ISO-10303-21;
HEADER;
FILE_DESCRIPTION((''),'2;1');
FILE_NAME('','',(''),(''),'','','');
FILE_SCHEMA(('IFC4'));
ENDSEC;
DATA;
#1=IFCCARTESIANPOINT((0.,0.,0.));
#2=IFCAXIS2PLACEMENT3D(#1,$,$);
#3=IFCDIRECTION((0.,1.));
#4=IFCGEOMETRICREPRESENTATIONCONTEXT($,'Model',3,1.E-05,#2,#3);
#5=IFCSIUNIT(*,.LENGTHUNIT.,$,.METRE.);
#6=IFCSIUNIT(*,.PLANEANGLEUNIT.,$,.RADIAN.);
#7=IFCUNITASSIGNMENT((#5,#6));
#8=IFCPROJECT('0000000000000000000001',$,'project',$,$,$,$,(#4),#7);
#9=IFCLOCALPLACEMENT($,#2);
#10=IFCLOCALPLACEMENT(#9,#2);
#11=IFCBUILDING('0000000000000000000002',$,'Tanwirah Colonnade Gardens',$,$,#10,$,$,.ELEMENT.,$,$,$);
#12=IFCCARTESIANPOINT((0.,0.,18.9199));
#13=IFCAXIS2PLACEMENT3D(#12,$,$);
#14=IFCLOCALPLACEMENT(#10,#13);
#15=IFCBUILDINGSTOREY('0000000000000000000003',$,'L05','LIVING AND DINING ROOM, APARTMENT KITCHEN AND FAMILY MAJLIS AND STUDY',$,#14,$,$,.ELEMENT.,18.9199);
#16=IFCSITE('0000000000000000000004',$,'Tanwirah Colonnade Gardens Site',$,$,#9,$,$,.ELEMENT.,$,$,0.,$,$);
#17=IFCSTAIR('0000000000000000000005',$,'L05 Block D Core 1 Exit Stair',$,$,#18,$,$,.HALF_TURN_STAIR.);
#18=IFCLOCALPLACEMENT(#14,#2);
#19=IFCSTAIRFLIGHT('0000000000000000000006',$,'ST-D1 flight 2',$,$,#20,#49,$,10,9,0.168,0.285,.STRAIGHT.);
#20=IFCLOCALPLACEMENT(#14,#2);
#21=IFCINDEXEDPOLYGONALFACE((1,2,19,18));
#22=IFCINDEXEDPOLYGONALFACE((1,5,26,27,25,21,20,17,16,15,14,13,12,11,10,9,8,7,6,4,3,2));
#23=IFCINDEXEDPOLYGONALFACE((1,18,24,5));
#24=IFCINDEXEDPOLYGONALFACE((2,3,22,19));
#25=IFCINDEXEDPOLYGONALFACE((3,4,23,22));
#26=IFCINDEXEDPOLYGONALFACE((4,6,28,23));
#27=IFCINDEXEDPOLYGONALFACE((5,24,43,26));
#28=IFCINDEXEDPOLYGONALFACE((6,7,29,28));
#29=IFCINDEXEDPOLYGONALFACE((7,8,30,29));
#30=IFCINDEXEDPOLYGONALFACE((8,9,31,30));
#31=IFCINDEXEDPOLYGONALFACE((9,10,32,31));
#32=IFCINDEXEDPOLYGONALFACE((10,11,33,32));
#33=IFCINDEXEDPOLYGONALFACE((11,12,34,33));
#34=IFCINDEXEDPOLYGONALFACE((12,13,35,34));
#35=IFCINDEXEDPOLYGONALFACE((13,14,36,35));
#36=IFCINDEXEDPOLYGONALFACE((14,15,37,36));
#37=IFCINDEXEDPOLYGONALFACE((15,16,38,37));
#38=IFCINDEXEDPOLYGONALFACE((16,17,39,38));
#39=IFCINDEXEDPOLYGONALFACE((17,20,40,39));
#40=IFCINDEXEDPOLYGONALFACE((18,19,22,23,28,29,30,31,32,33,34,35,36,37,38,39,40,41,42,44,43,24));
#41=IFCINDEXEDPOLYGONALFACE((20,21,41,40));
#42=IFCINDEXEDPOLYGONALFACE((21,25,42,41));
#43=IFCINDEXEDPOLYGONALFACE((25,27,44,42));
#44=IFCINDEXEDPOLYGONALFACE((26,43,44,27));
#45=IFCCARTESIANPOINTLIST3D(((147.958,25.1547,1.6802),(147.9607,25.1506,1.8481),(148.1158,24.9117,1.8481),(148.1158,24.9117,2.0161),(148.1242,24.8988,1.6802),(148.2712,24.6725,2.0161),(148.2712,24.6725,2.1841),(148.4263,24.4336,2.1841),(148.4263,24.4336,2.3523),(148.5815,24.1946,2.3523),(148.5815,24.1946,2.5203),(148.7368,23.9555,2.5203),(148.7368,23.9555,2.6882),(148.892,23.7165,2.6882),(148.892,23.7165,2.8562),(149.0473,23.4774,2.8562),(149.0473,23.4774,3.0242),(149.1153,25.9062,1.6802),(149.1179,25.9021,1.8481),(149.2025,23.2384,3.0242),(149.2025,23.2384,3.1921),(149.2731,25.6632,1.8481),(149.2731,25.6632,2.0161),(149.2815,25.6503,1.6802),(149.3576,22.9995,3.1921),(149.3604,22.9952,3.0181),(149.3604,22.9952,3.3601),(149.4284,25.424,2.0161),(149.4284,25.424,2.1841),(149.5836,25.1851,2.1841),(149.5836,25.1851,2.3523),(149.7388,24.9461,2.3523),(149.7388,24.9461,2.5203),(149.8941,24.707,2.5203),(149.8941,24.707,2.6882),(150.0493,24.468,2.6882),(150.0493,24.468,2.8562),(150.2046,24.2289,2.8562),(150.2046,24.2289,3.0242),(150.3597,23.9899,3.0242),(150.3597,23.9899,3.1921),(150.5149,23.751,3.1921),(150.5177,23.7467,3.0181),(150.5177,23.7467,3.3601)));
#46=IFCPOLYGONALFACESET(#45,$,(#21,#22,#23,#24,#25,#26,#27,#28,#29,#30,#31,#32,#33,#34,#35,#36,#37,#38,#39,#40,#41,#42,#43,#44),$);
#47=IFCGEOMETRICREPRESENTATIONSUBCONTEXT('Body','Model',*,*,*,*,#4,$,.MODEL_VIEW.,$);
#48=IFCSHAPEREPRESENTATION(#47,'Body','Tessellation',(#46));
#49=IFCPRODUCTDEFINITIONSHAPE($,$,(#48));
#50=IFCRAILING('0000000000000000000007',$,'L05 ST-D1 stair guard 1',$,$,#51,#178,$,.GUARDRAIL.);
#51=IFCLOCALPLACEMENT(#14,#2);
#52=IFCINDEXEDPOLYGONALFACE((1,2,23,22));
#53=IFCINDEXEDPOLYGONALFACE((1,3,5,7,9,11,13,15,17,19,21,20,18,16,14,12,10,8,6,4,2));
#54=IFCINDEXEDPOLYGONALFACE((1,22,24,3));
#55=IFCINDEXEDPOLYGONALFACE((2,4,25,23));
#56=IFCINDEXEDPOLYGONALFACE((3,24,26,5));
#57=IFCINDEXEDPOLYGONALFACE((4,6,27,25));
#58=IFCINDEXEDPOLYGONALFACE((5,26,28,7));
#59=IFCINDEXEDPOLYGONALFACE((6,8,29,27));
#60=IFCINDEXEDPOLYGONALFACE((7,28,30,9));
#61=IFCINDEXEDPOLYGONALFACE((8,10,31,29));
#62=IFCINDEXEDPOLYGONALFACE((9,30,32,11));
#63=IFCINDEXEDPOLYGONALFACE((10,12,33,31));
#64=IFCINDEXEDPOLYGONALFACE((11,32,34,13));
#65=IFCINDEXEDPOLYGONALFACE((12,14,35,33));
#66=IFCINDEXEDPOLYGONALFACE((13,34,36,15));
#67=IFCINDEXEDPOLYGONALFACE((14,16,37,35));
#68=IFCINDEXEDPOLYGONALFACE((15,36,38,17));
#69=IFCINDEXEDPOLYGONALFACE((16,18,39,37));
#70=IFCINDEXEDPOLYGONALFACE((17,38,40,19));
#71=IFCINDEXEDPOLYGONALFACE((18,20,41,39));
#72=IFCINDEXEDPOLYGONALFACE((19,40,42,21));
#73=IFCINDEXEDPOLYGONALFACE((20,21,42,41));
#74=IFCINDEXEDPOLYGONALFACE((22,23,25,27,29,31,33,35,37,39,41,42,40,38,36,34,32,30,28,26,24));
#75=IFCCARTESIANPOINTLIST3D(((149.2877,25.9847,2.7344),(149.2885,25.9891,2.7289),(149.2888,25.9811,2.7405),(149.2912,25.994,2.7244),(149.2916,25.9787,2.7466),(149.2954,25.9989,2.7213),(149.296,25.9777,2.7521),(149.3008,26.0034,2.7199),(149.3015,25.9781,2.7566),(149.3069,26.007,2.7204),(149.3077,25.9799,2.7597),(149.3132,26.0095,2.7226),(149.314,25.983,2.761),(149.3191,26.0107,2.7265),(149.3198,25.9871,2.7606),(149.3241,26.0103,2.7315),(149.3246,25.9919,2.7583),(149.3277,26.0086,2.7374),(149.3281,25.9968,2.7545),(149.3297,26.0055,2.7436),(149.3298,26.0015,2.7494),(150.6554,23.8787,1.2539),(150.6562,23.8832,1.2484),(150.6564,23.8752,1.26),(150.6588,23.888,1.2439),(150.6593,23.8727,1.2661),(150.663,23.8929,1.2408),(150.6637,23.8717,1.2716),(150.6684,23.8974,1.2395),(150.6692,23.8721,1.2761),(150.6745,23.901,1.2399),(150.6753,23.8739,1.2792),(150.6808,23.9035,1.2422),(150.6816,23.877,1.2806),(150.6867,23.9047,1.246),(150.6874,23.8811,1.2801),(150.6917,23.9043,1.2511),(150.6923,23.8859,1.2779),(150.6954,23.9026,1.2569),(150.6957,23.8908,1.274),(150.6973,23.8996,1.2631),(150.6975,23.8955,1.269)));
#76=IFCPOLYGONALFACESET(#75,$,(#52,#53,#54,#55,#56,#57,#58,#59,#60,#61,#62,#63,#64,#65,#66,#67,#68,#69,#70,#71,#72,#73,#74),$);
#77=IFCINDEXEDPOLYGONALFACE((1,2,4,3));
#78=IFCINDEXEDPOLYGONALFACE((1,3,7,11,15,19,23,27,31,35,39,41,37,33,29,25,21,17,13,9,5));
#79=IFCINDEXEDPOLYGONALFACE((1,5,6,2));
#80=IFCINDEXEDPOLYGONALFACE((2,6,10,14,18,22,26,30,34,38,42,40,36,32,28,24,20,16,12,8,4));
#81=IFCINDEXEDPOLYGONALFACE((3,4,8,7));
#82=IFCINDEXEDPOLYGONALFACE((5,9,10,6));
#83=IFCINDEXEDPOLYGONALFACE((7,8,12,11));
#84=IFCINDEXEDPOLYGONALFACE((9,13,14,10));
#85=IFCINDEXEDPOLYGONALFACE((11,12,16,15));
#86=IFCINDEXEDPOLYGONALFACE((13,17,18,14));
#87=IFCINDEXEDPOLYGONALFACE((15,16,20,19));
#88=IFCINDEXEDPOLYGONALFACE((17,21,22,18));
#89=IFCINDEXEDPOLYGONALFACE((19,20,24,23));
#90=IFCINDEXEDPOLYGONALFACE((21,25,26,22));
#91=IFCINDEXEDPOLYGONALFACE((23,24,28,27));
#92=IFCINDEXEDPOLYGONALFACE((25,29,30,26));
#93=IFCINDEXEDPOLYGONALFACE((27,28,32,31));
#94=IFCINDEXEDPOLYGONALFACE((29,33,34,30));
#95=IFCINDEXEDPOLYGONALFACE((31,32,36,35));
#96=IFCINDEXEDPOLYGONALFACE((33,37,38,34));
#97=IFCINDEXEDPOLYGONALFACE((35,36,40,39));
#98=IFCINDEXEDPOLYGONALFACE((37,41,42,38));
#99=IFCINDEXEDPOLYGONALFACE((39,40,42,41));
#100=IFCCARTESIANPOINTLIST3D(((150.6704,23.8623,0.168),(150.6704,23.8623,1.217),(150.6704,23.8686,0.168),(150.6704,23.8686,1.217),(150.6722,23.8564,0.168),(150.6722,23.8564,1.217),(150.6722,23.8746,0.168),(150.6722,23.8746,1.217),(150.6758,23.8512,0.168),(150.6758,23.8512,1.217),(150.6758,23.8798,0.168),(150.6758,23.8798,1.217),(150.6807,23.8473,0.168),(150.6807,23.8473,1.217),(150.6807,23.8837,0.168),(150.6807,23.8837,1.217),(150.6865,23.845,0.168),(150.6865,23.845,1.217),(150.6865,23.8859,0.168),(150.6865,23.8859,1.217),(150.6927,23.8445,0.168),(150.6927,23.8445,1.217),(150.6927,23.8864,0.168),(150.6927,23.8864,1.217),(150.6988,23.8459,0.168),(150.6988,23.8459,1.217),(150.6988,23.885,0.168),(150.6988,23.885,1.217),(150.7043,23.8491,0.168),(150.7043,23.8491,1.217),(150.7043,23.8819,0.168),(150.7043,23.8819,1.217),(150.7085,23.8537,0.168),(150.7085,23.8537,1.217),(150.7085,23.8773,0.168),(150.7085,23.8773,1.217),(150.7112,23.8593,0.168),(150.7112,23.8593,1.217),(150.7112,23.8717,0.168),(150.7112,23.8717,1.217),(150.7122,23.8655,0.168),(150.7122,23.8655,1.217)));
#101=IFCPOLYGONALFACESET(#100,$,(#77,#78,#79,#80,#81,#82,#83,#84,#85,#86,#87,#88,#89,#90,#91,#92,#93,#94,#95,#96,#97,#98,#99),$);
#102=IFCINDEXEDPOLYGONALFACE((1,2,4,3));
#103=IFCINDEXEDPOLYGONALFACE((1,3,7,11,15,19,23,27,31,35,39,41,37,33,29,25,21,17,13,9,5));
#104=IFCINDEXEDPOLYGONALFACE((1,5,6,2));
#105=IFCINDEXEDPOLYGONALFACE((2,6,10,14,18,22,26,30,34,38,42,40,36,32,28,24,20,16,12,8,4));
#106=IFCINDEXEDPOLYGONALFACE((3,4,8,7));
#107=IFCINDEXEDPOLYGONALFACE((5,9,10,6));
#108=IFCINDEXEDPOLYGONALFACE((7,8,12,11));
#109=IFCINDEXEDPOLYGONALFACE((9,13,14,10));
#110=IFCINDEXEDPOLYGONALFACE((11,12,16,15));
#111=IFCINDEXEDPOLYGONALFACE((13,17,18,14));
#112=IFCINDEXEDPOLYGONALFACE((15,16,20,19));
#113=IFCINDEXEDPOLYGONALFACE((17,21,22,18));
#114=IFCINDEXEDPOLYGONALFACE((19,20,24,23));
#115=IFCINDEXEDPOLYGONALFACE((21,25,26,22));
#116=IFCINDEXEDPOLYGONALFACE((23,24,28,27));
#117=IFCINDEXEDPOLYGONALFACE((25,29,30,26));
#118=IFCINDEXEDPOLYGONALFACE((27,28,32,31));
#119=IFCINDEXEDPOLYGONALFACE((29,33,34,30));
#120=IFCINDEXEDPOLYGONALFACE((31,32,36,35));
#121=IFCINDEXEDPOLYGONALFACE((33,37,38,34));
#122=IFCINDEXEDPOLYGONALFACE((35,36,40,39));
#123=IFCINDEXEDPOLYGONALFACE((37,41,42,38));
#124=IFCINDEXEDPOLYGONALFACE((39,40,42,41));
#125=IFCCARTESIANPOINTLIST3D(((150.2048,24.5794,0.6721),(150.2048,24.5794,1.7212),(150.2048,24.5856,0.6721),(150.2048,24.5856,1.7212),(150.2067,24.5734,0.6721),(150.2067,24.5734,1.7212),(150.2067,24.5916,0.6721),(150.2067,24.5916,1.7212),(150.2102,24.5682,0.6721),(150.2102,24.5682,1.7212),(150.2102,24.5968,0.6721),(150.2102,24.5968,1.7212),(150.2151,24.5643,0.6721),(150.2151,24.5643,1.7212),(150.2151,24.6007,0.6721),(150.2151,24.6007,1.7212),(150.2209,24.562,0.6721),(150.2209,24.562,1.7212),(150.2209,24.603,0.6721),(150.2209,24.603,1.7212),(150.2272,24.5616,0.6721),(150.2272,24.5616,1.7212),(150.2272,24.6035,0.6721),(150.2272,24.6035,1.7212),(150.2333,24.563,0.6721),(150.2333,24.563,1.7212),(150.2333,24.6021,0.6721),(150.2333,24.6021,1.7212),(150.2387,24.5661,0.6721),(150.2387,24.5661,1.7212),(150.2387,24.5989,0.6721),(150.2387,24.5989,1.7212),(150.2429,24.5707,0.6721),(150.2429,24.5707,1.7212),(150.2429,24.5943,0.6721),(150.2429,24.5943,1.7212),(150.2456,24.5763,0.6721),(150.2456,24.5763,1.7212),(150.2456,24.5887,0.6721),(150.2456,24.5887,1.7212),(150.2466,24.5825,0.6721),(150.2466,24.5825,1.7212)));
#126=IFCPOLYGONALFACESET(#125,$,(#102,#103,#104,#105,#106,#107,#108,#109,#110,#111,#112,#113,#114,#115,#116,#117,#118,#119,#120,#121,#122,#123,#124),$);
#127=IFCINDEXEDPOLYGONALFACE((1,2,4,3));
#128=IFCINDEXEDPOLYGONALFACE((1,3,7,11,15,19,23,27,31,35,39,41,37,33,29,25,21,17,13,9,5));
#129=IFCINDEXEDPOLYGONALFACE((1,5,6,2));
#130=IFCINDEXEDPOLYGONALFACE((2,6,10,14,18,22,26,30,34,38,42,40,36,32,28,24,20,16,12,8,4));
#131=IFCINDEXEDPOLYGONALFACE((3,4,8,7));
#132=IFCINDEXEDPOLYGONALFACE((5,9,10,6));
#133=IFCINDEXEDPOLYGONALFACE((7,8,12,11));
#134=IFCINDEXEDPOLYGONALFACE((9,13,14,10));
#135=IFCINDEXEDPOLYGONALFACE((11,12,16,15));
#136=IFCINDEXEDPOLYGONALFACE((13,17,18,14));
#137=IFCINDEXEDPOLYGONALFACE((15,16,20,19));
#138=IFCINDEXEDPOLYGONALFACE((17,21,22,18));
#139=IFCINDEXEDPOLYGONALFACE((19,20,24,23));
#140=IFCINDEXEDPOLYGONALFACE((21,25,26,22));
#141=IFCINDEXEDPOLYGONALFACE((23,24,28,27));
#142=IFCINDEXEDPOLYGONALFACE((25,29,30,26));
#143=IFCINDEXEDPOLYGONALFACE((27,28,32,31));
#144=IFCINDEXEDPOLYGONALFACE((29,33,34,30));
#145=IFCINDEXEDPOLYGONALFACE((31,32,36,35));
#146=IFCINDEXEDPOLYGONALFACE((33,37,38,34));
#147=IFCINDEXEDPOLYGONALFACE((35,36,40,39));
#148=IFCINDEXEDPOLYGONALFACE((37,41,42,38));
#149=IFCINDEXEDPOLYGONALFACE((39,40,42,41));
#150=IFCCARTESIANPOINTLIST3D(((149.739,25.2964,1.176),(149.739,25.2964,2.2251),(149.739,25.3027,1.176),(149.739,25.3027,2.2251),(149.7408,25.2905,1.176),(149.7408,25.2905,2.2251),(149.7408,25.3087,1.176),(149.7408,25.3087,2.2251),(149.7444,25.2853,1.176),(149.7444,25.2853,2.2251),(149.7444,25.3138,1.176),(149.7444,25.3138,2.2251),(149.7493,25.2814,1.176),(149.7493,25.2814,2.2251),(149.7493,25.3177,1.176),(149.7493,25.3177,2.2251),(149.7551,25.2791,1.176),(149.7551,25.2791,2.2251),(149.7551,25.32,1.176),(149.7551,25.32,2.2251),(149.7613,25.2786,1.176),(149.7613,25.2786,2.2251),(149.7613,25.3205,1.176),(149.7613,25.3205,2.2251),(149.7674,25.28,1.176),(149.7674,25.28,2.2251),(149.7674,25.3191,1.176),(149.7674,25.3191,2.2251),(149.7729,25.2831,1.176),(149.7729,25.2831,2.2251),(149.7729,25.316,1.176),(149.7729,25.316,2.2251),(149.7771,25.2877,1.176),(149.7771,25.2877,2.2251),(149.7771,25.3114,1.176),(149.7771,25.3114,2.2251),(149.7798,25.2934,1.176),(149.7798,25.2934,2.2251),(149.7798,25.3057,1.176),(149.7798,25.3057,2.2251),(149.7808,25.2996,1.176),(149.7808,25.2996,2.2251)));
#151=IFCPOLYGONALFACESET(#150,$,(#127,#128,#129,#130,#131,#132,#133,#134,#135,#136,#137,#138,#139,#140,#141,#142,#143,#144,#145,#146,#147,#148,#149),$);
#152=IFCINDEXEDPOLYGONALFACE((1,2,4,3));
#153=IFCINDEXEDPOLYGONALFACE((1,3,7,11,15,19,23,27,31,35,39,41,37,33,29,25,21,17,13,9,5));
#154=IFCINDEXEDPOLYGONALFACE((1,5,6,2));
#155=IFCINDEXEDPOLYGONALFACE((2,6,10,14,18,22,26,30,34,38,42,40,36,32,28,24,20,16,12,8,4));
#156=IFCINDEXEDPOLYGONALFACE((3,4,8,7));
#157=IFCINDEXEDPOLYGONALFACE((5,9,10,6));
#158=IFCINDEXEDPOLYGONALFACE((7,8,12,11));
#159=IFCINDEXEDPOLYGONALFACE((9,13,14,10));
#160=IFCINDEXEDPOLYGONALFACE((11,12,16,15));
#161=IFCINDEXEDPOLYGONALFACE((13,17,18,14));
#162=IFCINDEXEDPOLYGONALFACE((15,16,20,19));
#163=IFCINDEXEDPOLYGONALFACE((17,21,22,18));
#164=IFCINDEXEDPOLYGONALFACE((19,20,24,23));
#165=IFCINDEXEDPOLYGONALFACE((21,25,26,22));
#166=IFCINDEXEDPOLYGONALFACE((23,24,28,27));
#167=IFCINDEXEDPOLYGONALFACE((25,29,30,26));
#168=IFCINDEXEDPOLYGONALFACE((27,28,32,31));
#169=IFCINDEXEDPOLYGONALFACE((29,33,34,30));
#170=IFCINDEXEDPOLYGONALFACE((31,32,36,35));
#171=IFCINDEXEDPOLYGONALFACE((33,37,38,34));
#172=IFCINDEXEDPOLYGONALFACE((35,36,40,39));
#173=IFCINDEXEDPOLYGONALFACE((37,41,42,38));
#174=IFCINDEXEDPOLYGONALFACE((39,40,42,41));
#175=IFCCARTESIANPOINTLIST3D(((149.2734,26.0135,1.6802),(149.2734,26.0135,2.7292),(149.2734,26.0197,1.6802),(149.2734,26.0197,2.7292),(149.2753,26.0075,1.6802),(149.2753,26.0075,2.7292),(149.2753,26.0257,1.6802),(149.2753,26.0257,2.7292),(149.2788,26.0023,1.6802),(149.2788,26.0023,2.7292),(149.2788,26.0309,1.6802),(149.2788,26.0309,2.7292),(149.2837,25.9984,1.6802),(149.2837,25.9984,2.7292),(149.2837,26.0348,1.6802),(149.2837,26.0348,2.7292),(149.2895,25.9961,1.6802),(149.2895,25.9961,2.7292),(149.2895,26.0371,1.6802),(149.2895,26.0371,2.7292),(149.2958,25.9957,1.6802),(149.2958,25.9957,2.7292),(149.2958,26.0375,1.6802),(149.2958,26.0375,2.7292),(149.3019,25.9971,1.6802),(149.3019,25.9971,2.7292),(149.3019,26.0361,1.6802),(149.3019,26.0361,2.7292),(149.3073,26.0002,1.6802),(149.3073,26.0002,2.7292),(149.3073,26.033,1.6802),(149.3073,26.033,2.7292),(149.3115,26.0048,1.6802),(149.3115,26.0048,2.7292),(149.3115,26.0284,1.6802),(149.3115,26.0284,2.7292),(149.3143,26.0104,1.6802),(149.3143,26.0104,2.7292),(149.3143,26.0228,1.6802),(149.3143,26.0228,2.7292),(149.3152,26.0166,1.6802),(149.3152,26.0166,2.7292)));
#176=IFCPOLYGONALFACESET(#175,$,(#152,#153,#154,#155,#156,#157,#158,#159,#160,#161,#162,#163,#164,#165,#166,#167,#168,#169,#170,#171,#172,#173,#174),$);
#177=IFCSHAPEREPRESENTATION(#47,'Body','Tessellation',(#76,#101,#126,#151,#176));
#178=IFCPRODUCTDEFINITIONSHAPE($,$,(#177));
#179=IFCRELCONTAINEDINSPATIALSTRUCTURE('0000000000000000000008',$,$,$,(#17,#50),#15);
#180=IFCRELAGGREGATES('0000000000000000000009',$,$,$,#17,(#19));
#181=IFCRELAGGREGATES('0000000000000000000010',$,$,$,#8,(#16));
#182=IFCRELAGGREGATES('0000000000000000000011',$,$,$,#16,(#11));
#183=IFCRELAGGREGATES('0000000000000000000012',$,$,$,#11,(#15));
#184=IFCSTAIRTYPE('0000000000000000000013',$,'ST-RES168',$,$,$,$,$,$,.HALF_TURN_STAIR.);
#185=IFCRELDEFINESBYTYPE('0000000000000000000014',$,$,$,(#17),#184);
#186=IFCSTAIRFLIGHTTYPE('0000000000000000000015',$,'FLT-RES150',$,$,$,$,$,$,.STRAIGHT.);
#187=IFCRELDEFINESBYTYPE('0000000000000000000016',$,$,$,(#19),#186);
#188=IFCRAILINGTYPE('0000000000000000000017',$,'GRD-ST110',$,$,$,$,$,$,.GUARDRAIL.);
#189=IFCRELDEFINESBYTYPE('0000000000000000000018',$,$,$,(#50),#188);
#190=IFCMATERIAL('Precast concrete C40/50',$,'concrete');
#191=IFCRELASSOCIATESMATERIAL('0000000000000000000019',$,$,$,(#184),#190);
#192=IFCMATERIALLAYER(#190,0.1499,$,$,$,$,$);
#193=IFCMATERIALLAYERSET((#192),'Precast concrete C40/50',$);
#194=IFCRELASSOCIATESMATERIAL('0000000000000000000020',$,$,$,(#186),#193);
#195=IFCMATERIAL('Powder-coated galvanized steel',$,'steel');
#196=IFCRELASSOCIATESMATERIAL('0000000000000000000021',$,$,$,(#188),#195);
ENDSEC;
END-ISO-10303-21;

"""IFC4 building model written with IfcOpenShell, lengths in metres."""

from ifc_helpers import new_model, si_unit, direction, frame, origin, origin_2d, place, context, subcontext, project, spatial, polyline, circle, outline, extrude, material, layer, layer_set, type_object, element, aggregate, save


model = new_model("IFC4")

# Units and contexts
model_context = context("Model", 3, precision=1e-05, world=origin(), true_north=direction((0.0, 1.0)))
body_context = subcontext(model_context, "Body", "Model", "MODEL_VIEW")
ifc_project = project(units=[si_unit("LENGTHUNIT", "METRE"), si_unit("PLANEANGLEUNIT", "RADIAN")], contexts=[model_context])

# Site, building, storey
site_placement = place(None, origin())
site = spatial("IfcSite", under=ifc_project, at=site_placement, Name="Tanwirah Colonnade Gardens Site", CompositionType="ELEMENT", RefElevation=0.0)
building_placement = place(site_placement, origin())
building = spatial("IfcBuilding", under=site, at=building_placement, Name="Tanwirah Colonnade Gardens", CompositionType="ELEMENT")
storey_placement = place(building_placement, frame((0.0, 0.0, 18.9199)))
storey = spatial("IfcBuildingStorey", under=building, at=storey_placement, Name="L05", Description="LIVING AND DINING ROOM, APARTMENT KITCHEN AND FAMILY MAJLIS AND STUDY", CompositionType="ELEMENT", Elevation=18.9199)

# Shared definitions
ifc_material_1 = material(Name="Precast concrete C40/50", Category="concrete")

# Stair, stair flight
stair_type = type_object("IfcStairType", Name="ST-RES168", PredefinedType="HALF_TURN_STAIR", material=ifc_material_1)
stair_placement = place(storey_placement, origin())
stair = element("IfcStair", 1, at=stair_placement, inside=storey, type_object=stair_type, Name="L05 Block D Core 1 Exit Stair", PredefinedType="HALF_TURN_STAIR")
ifc_layer_1 = layer(ifc_material_1, 0.1499)
ifc_layer_set_1 = layer_set([ifc_layer_1], Name="Precast concrete C40/50")
stair_flight_type = type_object("IfcStairFlightType", Name="FLT-RES150", PredefinedType="STRAIGHT", material=ifc_layer_set_1)
stair_flight_1_placement = place(storey_placement, frame((148.5393, 25.5264, 1.6802), z_axis=(0.0, 0.0, 1.0), x_axis=(0.544639, -0.838671, 0.0)))
stair_flight_1 = element("IfcStairFlight", 2, at=stair_flight_1_placement, type_object=stair_flight_type, Name="ST-D1 flight 2", NumberOfRisers=10, NumberOfTreads=9, PredefinedType="STRAIGHT", RiserHeight=0.168, TreadLength=0.285, context=body_context, shape_type="SweptSolid", body=[
    extrude(outline(polyline([(-0.0049, 0.0), (0.0, 0.168), (0.2849, 0.168), (0.2849, 0.3359), (0.5701, 0.3359), (0.5701, 0.5039), (0.855, 0.5039), (0.855, 0.6721), (1.1399, 0.6721), (1.1399, 0.8401), (1.425, 0.8401), (1.425, 1.0081), (1.71, 1.0081), (1.71, 1.176), (1.9951, 1.176), (1.9951, 1.344), (2.28, 1.344), (2.28, 1.512), (2.5649, 1.512), (2.5701, 1.6799), (2.5701, 1.3379), (0.3003, 0.0), (-0.0049, 0.0)])), frame((0.0, 0.6899, 0.0), z_axis=(0.0, -1.0, 0.0), x_axis=(1.0, 0.0, 0.0)), (0.0, 0.0, 1.0), 1.3799),
])
aggregate(stair, [stair_flight_1])

# Railing
ifc_material_2 = material(Name="Powder-coated galvanized steel", Category="steel")
railing_type_1 = type_object("IfcRailingType", Name="GRD-ST110", PredefinedType="GUARDRAIL", material=ifc_material_2)
railing_1_placement = place(storey_placement, frame((150.6912, 23.8655, 0.168)))
element("IfcRailing", 3, at=railing_1_placement, inside=storey, type_object=railing_type_1, Name="L05 ST-D1 stair guard 1", PredefinedType="GUARDRAIL", context=body_context, shape_type="SweptSolid", body=[
    extrude(circle(Radius=0.0239, at=origin_2d()), frame((-0.0146, 0.0227, 1.092), z_axis=(-0.469173, 0.722454, 0.507874), x_axis=(-0.838668, -0.544644, 0.0)), (0.0, 0.0, 1.0), 2.915),
    extrude(circle(Radius=0.021, at=origin_2d()), origin(), (0.0, 0.0, 1.0), 1.0491),
    extrude(circle(Radius=0.021, at=origin_2d()), frame((-0.4656, 0.717, 0.5042)), (0.0, 0.0, 1.0), 1.0491),
    extrude(circle(Radius=0.021, at=origin_2d()), frame((-0.9314, 1.4341, 1.0081)), (0.0, 0.0, 1.0), 1.0491),
    extrude(circle(Radius=0.021, at=origin_2d()), frame((-1.397, 2.1511, 1.5122)), (0.0, 0.0, 1.0), 1.0491),
])

save(model, "model.ifc")
